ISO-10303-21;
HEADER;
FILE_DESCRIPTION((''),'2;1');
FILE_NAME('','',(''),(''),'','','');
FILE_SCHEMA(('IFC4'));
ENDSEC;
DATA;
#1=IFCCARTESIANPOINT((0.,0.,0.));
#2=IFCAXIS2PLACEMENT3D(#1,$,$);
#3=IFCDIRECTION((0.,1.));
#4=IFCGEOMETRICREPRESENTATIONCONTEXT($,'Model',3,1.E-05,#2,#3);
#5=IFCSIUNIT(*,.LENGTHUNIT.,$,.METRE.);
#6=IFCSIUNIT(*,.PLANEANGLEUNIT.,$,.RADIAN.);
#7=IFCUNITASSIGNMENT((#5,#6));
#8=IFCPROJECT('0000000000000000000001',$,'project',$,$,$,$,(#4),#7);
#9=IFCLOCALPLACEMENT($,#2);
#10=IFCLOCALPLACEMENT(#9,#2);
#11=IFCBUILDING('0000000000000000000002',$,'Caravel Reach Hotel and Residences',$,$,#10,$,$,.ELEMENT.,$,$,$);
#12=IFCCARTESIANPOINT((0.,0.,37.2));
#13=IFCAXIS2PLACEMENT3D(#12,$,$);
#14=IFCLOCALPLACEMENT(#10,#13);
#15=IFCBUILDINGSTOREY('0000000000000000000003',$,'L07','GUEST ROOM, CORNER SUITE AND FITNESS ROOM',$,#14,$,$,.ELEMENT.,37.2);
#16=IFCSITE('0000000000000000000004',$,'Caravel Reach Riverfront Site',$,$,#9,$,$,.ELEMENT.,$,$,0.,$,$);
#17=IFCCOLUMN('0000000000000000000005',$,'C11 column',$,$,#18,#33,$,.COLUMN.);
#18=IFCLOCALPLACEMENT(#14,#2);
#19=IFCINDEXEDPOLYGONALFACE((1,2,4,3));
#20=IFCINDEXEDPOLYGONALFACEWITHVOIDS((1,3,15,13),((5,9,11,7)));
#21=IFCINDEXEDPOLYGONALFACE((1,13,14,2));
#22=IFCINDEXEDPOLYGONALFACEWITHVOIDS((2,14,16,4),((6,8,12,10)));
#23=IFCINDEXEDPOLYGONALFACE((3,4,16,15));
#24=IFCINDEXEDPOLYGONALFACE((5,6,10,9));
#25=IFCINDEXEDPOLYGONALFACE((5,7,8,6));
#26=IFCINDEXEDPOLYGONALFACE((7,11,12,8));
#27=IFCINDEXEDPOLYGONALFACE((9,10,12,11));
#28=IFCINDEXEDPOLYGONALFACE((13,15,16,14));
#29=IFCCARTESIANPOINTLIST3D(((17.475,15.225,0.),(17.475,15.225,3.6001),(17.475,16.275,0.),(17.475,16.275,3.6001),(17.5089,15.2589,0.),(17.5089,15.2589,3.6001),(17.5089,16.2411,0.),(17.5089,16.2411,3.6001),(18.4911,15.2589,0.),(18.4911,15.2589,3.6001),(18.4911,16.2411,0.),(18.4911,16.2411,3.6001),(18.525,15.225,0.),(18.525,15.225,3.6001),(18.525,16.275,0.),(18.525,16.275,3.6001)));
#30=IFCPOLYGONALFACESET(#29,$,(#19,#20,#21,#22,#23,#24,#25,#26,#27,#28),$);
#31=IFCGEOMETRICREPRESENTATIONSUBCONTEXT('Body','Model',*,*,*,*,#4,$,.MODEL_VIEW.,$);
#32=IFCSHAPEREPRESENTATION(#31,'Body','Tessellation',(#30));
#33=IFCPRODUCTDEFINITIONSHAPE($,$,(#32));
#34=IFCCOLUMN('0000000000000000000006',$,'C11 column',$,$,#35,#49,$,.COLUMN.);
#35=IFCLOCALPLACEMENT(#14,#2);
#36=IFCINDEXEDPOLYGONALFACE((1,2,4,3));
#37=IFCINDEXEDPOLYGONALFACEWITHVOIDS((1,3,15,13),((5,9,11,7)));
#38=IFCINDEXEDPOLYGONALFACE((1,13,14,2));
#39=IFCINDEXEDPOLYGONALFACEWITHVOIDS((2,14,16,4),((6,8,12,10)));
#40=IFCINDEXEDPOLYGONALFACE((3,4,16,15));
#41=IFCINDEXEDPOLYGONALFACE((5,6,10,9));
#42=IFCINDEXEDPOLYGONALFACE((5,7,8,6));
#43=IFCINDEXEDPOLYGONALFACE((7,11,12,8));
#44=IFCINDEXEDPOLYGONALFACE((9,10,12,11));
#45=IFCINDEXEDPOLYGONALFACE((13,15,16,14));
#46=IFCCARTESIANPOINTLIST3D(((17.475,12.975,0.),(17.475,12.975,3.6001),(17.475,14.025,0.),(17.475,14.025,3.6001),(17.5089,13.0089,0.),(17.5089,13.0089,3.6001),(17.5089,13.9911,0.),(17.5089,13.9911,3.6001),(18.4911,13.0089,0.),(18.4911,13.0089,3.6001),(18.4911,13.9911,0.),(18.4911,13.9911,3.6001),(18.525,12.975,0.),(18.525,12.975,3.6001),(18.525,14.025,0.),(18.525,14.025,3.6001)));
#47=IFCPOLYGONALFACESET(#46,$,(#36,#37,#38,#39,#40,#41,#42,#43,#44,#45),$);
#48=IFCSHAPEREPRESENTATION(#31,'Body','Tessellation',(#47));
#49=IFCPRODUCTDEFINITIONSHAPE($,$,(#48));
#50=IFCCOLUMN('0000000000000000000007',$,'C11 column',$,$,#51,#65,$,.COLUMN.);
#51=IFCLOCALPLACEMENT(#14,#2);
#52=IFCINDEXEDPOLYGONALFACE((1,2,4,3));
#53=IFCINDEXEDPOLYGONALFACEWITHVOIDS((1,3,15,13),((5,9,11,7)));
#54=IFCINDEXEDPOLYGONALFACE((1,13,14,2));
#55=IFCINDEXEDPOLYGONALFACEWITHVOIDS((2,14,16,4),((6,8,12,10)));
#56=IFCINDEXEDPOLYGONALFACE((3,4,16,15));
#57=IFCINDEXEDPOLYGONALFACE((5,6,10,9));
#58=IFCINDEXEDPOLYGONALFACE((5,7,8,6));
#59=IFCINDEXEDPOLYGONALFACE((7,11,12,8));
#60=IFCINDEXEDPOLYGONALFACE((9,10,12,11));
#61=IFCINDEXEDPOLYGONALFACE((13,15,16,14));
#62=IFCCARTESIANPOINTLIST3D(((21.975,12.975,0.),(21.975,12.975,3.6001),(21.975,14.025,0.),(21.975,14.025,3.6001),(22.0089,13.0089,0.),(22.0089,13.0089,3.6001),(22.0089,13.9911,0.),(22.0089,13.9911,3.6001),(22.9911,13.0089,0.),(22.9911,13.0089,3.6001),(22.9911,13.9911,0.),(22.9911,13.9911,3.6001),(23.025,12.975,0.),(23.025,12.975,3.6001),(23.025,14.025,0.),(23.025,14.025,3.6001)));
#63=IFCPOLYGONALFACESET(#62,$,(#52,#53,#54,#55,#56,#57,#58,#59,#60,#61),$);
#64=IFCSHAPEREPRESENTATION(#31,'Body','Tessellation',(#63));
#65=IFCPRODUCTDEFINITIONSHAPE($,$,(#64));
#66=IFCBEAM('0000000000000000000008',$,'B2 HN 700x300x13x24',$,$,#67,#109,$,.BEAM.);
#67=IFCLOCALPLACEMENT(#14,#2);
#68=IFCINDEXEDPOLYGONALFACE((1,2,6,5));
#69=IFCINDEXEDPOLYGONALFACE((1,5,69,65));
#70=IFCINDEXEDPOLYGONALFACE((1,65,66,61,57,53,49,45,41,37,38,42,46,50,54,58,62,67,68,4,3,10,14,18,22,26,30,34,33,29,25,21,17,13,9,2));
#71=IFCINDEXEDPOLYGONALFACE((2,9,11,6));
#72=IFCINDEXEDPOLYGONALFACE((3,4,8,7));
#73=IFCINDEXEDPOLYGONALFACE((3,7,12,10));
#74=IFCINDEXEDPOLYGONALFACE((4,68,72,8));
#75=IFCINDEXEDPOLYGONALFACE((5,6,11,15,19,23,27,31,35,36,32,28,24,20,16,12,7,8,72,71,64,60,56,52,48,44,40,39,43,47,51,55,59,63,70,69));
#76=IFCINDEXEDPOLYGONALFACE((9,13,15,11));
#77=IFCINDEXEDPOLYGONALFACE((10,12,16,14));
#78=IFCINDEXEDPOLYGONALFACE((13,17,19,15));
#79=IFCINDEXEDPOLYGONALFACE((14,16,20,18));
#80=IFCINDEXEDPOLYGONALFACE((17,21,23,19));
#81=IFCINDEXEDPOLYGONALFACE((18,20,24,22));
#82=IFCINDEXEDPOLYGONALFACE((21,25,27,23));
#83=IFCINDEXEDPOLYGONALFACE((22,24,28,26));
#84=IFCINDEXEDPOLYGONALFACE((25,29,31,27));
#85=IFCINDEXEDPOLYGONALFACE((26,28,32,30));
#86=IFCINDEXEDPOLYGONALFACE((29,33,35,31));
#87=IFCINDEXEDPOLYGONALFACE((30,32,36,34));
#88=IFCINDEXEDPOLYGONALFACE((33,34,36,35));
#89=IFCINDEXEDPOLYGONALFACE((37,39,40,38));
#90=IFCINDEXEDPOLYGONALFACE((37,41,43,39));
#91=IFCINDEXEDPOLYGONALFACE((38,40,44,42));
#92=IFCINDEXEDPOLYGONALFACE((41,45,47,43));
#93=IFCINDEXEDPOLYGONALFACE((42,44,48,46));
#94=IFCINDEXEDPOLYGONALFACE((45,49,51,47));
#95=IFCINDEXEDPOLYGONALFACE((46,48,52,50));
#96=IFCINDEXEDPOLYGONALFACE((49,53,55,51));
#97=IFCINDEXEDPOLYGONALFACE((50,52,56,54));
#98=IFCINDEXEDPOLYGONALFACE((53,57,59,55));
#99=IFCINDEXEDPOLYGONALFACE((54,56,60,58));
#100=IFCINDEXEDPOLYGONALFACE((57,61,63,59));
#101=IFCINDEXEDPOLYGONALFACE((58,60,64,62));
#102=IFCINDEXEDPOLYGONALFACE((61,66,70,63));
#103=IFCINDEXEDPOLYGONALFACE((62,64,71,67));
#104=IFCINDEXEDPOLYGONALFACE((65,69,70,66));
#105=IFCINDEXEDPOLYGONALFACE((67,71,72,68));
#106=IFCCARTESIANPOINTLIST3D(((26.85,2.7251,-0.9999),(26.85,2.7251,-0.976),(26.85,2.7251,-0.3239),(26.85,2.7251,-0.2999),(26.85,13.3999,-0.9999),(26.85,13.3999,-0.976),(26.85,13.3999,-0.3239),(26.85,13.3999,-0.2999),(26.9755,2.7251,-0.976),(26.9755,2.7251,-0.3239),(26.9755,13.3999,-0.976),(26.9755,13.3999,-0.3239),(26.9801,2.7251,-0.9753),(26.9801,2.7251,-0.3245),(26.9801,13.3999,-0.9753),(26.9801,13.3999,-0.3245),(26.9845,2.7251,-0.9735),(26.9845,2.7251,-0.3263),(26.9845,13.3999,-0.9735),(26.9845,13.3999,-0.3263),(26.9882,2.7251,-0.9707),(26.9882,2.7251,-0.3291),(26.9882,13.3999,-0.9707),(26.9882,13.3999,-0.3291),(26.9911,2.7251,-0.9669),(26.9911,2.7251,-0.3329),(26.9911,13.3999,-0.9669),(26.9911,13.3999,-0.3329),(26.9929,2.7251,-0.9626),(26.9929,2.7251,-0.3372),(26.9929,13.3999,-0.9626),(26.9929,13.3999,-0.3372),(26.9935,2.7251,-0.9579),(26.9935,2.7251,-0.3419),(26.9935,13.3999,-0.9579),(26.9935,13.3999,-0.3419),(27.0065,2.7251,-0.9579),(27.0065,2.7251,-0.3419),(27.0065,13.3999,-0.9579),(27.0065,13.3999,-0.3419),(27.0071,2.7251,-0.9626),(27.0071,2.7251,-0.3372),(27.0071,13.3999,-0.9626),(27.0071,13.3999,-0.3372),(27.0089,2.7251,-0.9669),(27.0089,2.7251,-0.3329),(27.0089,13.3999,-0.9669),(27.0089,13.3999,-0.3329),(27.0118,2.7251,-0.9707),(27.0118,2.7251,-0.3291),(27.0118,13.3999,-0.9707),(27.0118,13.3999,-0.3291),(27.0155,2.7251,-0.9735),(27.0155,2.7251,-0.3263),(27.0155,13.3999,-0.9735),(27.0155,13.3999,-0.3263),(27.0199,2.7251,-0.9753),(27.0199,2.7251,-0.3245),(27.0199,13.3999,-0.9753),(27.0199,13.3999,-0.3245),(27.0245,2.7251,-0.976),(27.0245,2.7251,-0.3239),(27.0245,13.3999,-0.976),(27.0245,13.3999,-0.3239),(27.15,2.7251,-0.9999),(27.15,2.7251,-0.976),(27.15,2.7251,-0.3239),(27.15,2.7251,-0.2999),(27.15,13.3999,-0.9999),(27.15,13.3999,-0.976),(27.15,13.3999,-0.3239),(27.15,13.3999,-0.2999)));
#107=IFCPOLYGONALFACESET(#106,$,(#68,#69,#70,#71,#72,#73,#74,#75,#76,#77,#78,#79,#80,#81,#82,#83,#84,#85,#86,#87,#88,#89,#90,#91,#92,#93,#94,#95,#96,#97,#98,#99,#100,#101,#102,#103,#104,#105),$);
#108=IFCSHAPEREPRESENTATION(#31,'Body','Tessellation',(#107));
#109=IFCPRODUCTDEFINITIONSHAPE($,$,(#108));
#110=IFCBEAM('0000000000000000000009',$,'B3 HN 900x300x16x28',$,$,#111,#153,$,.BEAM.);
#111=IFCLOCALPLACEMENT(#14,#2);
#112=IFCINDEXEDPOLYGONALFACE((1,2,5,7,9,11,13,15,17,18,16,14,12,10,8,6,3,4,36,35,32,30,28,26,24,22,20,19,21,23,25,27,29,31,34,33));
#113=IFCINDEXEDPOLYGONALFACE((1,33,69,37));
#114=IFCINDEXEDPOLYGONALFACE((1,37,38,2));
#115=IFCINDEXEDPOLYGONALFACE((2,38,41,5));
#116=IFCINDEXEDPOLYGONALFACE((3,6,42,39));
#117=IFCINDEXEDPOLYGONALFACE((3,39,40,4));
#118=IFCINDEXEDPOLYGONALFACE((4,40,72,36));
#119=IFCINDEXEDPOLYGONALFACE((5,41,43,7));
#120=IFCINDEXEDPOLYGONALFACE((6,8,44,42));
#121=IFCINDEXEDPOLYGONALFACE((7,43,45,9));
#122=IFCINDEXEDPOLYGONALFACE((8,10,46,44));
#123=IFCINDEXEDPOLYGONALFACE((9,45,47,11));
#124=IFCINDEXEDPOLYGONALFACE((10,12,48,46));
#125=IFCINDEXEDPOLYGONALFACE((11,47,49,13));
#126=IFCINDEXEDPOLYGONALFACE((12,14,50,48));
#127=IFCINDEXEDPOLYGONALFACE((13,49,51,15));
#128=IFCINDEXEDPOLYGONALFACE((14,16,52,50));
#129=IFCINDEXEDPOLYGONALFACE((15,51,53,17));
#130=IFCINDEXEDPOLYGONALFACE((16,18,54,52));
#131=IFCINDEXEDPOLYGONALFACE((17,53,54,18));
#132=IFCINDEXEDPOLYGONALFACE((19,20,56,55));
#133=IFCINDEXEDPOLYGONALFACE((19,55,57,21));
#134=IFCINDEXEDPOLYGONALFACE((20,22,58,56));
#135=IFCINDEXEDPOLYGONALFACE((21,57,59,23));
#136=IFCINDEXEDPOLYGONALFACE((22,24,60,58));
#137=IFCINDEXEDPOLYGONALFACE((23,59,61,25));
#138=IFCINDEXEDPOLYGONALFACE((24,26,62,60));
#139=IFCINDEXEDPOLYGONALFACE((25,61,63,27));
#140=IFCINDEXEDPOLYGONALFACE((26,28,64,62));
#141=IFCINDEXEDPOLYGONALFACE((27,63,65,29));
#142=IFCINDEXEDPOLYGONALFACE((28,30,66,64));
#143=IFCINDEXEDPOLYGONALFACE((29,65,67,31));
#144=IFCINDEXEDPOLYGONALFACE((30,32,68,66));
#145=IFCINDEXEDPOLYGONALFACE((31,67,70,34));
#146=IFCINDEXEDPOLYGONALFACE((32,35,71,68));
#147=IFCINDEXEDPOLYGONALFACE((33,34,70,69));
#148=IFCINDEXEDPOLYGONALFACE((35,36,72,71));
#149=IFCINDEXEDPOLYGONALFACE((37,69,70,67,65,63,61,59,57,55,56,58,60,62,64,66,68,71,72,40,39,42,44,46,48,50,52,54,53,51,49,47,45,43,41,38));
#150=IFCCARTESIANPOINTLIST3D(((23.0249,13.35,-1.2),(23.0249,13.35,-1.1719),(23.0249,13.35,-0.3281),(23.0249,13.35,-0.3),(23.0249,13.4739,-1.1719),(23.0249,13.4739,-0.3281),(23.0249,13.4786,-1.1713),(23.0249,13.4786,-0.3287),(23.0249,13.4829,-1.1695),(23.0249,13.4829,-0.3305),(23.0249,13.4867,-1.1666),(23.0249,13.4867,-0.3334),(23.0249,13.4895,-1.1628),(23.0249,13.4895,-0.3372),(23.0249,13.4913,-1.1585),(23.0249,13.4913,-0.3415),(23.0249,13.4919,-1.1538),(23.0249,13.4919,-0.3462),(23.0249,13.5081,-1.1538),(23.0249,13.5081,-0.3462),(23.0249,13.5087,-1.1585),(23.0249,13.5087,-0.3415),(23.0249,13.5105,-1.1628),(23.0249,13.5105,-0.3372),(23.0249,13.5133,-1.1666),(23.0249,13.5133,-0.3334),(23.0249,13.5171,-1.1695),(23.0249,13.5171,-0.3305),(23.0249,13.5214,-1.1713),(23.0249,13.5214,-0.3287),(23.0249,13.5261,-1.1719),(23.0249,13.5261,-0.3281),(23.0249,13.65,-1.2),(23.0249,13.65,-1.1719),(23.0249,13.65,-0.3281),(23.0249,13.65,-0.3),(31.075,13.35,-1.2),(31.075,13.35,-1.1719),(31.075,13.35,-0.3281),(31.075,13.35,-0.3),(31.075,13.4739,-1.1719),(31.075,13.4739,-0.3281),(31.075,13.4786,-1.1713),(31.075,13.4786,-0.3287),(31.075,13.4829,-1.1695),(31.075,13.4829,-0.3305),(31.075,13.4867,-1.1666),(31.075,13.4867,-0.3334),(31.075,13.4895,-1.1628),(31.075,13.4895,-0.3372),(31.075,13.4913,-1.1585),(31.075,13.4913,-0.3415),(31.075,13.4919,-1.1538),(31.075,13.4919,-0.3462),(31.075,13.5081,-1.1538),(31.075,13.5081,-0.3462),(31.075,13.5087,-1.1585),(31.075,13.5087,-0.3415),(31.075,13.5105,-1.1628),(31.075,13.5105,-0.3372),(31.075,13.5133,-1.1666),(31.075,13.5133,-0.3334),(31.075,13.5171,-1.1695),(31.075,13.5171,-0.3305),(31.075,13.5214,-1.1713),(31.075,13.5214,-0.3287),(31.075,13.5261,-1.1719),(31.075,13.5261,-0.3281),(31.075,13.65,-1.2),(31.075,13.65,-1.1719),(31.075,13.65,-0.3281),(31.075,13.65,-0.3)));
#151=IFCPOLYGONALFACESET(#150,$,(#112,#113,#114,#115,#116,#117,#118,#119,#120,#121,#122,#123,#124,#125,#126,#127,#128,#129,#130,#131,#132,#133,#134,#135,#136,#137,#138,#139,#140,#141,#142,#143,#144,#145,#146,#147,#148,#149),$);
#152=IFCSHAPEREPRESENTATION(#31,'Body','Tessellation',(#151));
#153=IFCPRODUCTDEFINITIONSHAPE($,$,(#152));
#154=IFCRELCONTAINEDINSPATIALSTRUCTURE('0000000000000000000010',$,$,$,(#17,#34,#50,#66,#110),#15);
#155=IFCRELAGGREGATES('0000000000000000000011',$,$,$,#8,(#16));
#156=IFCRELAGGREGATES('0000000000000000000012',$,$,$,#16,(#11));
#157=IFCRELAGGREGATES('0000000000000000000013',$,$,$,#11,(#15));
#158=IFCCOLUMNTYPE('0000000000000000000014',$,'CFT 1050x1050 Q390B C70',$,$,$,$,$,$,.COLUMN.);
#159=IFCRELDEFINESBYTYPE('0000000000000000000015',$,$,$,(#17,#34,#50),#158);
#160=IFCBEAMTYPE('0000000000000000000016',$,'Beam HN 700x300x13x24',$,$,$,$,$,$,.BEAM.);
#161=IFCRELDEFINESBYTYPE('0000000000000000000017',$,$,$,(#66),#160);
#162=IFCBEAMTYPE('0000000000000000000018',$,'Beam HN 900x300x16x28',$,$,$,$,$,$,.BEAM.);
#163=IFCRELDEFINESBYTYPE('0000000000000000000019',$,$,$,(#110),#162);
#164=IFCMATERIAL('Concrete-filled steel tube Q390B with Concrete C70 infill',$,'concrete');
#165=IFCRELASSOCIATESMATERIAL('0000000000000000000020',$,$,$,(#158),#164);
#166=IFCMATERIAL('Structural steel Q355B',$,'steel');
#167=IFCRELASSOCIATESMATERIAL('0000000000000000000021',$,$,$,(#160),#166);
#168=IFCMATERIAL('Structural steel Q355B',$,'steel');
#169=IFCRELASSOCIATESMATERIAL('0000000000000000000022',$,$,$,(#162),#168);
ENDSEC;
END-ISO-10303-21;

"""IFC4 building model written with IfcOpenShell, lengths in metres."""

from ifc_helpers import new_model, si_unit, direction, frame, origin, origin_2d, place, context, subcontext, project, spatial, hollow_rectangle, i_section, extrude, material, material_profile, profile_set, type_object, element, save


model = new_model("IFC4")

# Units and contexts
model_context = context("Model", 3, precision=1e-05, world=origin(), true_north=direction((0.0, 1.0)))
body_context = subcontext(model_context, "Body", "Model", "MODEL_VIEW")
ifc_project = project(units=[si_unit("LENGTHUNIT", "METRE"), si_unit("PLANEANGLEUNIT", "RADIAN")], contexts=[model_context])

# Site, building, storey
site_placement = place(None, origin())
site = spatial("IfcSite", under=ifc_project, at=site_placement, Name="Caravel Reach Riverfront Site", CompositionType="ELEMENT", RefElevation=0.0)
building_placement = place(site_placement, origin())
building = spatial("IfcBuilding", under=site, at=building_placement, Name="Caravel Reach Hotel and Residences", CompositionType="ELEMENT")
storey_placement = place(building_placement, frame((0.0, 0.0, 37.2)))
storey = spatial("IfcBuildingStorey", under=building, at=storey_placement, Name="L07", Description="GUEST ROOM, CORNER SUITE AND FITNESS ROOM", CompositionType="ELEMENT", Elevation=37.2)

# Columns
ifc_material_1 = material(Name="Concrete-filled steel tube Q390B with Concrete C70 infill", Category="concrete")
ifc_material_profile_1 = material_profile(ifc_material_1, hollow_rectangle(XDim=1.05, YDim=1.05, WallThickness=0.0339, at=origin_2d()), Name="RHS 1050x1050x34")
ifc_profile_set_1 = profile_set([ifc_material_profile_1], Name="Concrete-filled steel tube Q390B with Concrete C70 infill")
column_type = type_object("IfcColumnType", Name="CFT 1050x1050 Q390B C70", PredefinedType="COLUMN", material=ifc_profile_set_1)
for number, where, z_axis, x_axis, name in (
    (1, (18.0, 15.75, 0.0), (0.0, 0.0, 1.0), (1.0, 0.0, 0.0), "C11 column"),
    (2, (18.0, 13.5, 0.0), (0.0, 0.0, 1.0), (1.0, 0.0, 0.0), "C11 column"),
    (3, (22.5, 13.5, 0.0), (0.0, 0.0, 1.0), (1.0, 0.0, 0.0), "C11 column"),
):
    element("IfcColumn", number, at=place(storey_placement, frame(where, z_axis=z_axis, x_axis=x_axis)), inside=storey, type_object=column_type, Name=name, PredefinedType="COLUMN", context=body_context, shape_type="SweptSolid", body=[
        extrude(hollow_rectangle(XDim=1.05, YDim=1.05, WallThickness=0.0339, at=origin_2d()), origin(), (0.0, 0.0, 1.0), 3.6001),
    ])

# Beams
ifc_material_2 = material(Name="Structural steel Q355B", Category="steel")
ifc_material_profile_2 = material_profile(ifc_material_2, i_section(OverallWidth=0.3, OverallDepth=0.7, WebThickness=0.0129, FlangeThickness=0.0239, FilletRadius=0.0181, at=origin_2d()), Name="HN 700x300x13x24")
ifc_profile_set_2 = profile_set([ifc_material_profile_2], Name="Structural steel Q355B")
beam_type_1 = type_object("IfcBeamType", Name="Beam HN 700x300x13x24", PredefinedType="BEAM", material=ifc_profile_set_2)
beam_1_placement = place(storey_placement, frame((27.0, 13.3999, -0.6499), z_axis=(0.0, -1.0, 0.0), x_axis=(1.0, 0.0, 0.0)))
element("IfcBeam", 4, at=beam_1_placement, inside=storey, type_object=beam_type_1, Name="B2 HN 700x300x13x24", PredefinedType="BEAM", context=body_context, shape_type="SweptSolid", body=[
    extrude(i_section(OverallWidth=0.3, OverallDepth=0.7, WebThickness=0.0129, FlangeThickness=0.0239, FilletRadius=0.0181, at=origin_2d()), origin(), (0.0, 0.0, 1.0), 10.6748),
])
ifc_material_3 = material(Name="Structural steel Q355B", Category="steel")
ifc_material_profile_3 = material_profile(ifc_material_3, i_section(OverallWidth=0.3, OverallDepth=0.8999, WebThickness=0.0161, FlangeThickness=0.0281, FilletRadius=0.0181, at=origin_2d()), Name="HN 900x300x16x28")
ifc_profile_set_3 = profile_set([ifc_material_profile_3], Name="Structural steel Q355B")
beam_type_2 = type_object("IfcBeamType", Name="Beam HN 900x300x16x28", PredefinedType="BEAM", material=ifc_profile_set_3)
beam_2_placement = place(storey_placement, frame((23.0249, 13.5, -0.75), z_axis=(1.0, 0.0, 0.0), x_axis=(0.0, 1.0, 0.0)))
element("IfcBeam", 5, at=beam_2_placement, inside=storey, type_object=beam_type_2, Name="B3 HN 900x300x16x28", PredefinedType="BEAM", context=body_context, shape_type="SweptSolid", body=[
    extrude(i_section(OverallWidth=0.3, OverallDepth=0.8999, WebThickness=0.0161, FlangeThickness=0.0281, FilletRadius=0.0181, at=origin_2d()), origin(), (0.0, 0.0, 1.0), 8.05),
])

save(model, "model.ifc")
